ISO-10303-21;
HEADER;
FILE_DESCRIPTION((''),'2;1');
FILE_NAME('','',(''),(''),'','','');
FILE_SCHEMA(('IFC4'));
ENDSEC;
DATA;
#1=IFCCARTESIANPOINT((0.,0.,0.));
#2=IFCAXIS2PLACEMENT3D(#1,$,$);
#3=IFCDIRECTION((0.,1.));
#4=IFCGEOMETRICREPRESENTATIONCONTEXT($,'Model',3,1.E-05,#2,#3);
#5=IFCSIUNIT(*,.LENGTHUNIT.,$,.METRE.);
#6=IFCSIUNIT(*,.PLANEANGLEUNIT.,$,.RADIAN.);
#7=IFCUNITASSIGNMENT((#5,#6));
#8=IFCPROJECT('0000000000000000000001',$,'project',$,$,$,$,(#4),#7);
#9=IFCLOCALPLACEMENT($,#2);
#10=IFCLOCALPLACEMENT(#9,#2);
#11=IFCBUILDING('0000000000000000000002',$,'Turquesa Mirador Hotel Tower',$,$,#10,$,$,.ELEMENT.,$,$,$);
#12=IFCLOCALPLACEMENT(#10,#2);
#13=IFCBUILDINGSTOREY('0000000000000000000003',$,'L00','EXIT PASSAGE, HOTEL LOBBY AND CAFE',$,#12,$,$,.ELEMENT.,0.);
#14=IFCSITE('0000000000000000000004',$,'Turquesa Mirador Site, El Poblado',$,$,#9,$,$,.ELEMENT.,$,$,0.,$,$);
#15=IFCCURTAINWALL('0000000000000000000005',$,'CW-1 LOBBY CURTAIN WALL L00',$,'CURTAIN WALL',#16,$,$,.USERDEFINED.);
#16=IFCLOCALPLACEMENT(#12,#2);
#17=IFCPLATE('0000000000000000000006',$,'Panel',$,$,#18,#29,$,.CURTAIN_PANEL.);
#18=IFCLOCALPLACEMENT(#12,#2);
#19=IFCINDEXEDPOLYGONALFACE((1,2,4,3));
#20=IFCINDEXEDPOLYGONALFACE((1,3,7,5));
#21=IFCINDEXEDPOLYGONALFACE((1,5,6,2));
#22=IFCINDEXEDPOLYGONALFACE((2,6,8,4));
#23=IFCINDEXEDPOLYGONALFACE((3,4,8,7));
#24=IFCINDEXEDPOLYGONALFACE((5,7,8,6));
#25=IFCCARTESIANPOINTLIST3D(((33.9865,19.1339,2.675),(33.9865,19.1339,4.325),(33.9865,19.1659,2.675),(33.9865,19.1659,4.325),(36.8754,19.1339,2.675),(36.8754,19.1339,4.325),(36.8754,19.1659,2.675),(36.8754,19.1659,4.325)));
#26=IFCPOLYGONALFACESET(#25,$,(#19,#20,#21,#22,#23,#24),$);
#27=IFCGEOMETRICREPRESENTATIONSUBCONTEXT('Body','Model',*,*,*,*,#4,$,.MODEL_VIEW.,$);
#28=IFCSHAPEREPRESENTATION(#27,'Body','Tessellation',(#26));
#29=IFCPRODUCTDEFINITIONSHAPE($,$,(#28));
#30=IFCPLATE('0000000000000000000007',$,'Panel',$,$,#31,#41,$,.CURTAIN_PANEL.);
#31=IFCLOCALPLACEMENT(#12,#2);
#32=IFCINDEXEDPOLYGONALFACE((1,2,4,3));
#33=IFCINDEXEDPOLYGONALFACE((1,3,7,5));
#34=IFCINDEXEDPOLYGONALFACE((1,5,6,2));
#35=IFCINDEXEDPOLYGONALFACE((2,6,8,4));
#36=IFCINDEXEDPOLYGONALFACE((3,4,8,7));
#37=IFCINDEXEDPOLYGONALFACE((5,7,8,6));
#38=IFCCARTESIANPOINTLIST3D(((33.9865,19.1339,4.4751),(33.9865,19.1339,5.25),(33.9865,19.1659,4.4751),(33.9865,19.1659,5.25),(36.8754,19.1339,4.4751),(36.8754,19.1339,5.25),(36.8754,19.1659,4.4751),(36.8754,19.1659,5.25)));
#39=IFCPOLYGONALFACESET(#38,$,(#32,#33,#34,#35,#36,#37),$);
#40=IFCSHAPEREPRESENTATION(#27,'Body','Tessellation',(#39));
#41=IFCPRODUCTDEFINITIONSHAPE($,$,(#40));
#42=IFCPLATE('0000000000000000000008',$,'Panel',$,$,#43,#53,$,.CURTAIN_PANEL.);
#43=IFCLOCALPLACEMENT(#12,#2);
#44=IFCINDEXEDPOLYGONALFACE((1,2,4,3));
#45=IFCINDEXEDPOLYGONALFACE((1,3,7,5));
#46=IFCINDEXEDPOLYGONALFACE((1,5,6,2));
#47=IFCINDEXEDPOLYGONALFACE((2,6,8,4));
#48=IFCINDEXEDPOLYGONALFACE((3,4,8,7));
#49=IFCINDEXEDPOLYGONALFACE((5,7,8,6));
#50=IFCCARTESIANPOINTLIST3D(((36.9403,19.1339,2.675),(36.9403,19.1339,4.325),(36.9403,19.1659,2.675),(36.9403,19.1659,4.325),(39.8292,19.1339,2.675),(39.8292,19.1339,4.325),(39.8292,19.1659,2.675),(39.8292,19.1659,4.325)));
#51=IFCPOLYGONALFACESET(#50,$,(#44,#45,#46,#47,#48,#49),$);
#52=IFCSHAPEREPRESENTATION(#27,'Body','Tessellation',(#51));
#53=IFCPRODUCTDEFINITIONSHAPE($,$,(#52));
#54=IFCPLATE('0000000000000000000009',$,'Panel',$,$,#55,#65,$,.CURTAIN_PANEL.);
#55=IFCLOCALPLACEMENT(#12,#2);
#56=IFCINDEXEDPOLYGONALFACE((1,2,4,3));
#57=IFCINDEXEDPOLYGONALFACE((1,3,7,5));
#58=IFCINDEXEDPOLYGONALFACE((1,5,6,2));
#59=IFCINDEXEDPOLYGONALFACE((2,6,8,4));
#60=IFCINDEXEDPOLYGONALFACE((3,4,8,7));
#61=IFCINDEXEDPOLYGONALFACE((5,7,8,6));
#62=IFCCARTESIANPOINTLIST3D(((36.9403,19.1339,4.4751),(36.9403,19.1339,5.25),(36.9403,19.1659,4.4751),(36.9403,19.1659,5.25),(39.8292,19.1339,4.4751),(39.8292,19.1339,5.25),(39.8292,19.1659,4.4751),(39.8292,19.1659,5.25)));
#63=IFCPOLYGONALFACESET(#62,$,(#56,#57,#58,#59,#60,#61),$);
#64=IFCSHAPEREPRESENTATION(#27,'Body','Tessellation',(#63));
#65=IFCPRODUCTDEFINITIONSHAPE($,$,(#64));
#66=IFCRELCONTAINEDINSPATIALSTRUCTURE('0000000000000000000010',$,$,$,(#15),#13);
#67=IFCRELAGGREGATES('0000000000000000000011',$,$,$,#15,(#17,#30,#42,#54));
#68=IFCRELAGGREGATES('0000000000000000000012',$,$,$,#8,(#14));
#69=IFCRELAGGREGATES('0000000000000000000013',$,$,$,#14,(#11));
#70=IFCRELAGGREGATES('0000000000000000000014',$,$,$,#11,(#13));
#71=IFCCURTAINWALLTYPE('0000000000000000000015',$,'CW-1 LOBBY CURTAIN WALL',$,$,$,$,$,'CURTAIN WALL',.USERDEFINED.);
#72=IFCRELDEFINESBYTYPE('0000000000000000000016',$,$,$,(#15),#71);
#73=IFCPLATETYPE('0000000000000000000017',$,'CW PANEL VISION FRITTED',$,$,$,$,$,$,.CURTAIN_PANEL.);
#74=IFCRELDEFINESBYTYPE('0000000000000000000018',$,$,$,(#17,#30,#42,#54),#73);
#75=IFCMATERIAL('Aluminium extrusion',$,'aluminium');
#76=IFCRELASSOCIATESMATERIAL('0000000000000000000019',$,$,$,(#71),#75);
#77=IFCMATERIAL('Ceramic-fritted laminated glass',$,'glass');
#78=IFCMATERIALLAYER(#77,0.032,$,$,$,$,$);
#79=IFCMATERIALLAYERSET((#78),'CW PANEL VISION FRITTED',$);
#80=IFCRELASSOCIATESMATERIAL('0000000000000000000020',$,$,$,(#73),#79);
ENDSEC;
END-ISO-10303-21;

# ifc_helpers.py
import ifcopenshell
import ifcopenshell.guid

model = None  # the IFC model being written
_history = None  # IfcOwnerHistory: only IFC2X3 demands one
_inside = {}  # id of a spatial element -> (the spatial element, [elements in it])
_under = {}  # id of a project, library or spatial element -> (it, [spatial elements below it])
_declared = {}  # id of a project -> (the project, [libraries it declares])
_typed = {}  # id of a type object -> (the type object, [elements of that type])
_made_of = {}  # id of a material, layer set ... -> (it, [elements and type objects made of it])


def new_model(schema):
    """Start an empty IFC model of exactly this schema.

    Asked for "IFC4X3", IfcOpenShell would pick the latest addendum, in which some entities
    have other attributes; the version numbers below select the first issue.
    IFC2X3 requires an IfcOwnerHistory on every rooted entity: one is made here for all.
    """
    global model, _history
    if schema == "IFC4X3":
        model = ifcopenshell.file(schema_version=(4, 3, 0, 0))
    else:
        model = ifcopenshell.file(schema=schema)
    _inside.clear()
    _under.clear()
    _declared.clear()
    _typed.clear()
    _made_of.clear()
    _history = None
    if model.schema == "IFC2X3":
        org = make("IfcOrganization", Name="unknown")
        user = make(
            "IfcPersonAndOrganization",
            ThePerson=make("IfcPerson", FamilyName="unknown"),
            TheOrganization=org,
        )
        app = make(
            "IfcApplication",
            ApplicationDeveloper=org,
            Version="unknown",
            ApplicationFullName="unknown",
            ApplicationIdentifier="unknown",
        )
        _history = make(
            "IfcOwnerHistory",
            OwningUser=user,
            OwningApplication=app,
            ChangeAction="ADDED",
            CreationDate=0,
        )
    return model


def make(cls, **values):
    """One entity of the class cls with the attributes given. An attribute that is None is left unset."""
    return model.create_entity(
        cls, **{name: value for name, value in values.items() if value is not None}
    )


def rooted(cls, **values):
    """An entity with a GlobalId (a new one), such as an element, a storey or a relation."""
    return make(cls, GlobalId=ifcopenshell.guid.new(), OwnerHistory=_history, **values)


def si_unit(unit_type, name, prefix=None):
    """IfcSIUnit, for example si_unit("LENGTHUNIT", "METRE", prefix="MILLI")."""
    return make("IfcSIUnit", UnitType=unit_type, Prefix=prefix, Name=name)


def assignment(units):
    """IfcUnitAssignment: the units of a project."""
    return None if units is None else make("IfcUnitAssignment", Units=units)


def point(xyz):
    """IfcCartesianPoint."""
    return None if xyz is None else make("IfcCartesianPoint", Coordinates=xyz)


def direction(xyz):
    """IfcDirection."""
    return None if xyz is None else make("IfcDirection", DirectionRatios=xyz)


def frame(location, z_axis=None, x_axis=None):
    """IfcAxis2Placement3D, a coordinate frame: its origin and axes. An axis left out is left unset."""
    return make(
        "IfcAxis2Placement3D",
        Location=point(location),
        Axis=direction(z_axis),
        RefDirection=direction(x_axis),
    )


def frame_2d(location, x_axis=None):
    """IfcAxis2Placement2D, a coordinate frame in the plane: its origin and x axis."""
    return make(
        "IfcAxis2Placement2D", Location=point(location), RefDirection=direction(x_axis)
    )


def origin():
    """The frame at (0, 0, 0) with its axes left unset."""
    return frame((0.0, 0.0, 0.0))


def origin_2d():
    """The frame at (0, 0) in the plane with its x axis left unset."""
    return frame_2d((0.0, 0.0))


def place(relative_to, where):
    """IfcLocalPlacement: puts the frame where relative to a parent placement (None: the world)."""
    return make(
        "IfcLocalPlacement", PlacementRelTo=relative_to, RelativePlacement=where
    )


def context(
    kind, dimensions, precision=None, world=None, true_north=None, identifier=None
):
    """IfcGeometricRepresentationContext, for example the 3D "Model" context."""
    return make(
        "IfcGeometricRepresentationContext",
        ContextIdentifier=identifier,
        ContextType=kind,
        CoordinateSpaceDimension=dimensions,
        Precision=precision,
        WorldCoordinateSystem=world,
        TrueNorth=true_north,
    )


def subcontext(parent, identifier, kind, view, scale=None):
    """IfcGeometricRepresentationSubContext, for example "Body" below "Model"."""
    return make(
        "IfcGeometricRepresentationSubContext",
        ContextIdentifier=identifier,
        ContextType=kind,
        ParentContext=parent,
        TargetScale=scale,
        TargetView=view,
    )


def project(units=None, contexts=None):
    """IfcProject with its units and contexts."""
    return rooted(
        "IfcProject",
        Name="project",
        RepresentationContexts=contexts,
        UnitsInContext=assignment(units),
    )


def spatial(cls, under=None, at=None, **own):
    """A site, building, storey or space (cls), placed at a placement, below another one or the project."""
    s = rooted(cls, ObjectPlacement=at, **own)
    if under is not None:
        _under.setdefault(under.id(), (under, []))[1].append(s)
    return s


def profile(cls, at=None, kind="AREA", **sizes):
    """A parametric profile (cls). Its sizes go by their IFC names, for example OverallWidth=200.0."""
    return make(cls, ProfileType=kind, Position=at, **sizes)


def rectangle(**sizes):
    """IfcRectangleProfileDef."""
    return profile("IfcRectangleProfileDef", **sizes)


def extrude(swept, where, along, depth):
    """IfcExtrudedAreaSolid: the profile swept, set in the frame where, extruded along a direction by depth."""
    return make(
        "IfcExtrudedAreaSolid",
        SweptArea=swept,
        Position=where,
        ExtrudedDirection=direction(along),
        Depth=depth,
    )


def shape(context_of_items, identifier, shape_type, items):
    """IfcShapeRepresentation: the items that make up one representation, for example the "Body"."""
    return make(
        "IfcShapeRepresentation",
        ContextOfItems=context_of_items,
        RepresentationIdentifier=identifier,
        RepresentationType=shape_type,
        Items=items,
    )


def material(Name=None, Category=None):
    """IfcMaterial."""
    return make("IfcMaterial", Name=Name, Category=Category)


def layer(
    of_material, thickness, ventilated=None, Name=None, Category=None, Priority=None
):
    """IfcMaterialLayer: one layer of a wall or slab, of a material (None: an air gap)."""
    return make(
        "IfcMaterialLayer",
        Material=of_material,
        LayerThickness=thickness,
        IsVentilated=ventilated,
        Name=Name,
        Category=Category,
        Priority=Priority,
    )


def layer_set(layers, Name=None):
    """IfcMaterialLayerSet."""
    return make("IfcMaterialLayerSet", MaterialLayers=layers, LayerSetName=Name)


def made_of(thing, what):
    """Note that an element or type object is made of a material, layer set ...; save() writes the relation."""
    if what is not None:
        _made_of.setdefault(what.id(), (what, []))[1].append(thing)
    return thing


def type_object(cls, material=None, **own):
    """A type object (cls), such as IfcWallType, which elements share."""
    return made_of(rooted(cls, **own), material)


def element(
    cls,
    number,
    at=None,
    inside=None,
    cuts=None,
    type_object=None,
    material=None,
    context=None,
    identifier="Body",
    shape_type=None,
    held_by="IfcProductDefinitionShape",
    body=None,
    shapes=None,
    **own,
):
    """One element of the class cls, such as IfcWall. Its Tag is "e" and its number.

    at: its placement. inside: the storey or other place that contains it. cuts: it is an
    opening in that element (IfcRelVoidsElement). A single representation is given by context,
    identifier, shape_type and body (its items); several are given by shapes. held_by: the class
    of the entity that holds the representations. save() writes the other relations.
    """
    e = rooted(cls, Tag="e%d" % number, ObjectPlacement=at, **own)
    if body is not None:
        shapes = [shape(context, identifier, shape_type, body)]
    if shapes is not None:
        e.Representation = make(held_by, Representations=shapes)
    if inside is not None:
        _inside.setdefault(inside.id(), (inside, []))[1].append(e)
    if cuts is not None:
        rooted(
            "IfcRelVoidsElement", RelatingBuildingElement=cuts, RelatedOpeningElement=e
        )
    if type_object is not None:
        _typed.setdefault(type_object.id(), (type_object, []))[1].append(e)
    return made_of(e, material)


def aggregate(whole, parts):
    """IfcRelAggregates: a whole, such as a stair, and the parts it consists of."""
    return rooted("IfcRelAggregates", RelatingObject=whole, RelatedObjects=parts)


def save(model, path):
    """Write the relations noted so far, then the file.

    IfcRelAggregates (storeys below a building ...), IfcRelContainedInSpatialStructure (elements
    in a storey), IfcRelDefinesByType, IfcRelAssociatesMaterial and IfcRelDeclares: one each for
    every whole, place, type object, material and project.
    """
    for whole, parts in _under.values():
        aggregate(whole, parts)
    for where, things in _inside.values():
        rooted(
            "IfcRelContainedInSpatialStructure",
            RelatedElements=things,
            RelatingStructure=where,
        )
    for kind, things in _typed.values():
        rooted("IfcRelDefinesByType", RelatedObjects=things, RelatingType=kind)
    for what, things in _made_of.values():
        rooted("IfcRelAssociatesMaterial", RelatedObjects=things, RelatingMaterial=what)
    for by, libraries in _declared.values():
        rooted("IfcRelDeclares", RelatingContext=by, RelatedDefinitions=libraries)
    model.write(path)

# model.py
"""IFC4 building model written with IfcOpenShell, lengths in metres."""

from ifc_helpers import new_model, si_unit, direction, frame, origin, origin_2d, place, context, subcontext, project, spatial, rectangle, extrude, material, layer, layer_set, type_object, element, aggregate, save


model = new_model("IFC4")

# Units and contexts
model_context = context("Model", 3, precision=1e-05, world=origin(), true_north=direction((0.0, 1.0)))
body_context = subcontext(model_context, "Body", "Model", "MODEL_VIEW")
ifc_project = project(units=[si_unit("LENGTHUNIT", "METRE"), si_unit("PLANEANGLEUNIT", "RADIAN")], contexts=[model_context])

# Site, building, storey
site_placement = place(None, origin())
site = spatial("IfcSite", under=ifc_project, at=site_placement, Name="Turquesa Mirador Site, El Poblado", CompositionType="ELEMENT", RefElevation=0.0)
building_placement = place(site_placement, origin())
building = spatial("IfcBuilding", under=site, at=building_placement, Name="Turquesa Mirador Hotel Tower", CompositionType="ELEMENT")
storey_placement = place(building_placement, origin())
storey = spatial("IfcBuildingStorey", under=building, at=storey_placement, Name="L00", Description="EXIT PASSAGE, HOTEL LOBBY AND CAFE", CompositionType="ELEMENT", Elevation=0.0)

# Curtain wall, plates
ifc_material_1 = material(Name="Aluminium extrusion", Category="aluminium")
curtain_wall_type = type_object("IfcCurtainWallType", Name="CW-1 LOBBY CURTAIN WALL", ElementType="CURTAIN WALL", PredefinedType="USERDEFINED", material=ifc_material_1)
curtain_wall_placement = place(storey_placement, origin())
curtain_wall = element("IfcCurtainWall", 1, at=curtain_wall_placement, inside=storey, type_object=curtain_wall_type, Name="CW-1 LOBBY CURTAIN WALL L00", ObjectType="CURTAIN WALL", PredefinedType="USERDEFINED")
ifc_material_2 = material(Name="Ceramic-fritted laminated glass", Category="glass")
ifc_layer_1 = layer(ifc_material_2, 0.032)
ifc_layer_set_1 = layer_set([ifc_layer_1], Name="CW PANEL VISION FRITTED")
plate_type_1 = type_object("IfcPlateType", Name="CW PANEL VISION FRITTED", PredefinedType="CURTAIN_PANEL", material=ifc_layer_set_1)
plate_1_placement = place(storey_placement, frame((35.4309, 19.1499, 2.675), z_axis=(0.0, 0.0, 1.0), x_axis=(1.0, 0.0, 0.0)))
plate_1 = element("IfcPlate", 2, at=plate_1_placement, type_object=plate_type_1, Name="Panel", PredefinedType="CURTAIN_PANEL", context=body_context, shape_type="SweptSolid", body=[
    extrude(rectangle(XDim=2.8889, YDim=0.032, at=origin_2d()), origin(), (0.0, 0.0, 1.0), 1.6499),
])
plate_2_placement = place(storey_placement, frame((35.4309, 19.1499, 4.4751), z_axis=(0.0, 0.0, 1.0), x_axis=(1.0, 0.0, 0.0)))
plate_2 = element("IfcPlate", 3, at=plate_2_placement, type_object=plate_type_1, Name="Panel", PredefinedType="CURTAIN_PANEL", context=body_context, shape_type="SweptSolid", body=[
    extrude(rectangle(XDim=2.8889, YDim=0.032, at=origin_2d()), origin(), (0.0, 0.0, 1.0), 0.7749),
])
plate_3_placement = place(storey_placement, frame((38.3848, 19.1499, 2.675), z_axis=(0.0, 0.0, 1.0), x_axis=(1.0, 0.0, 0.0)))
plate_3 = element("IfcPlate", 4, at=plate_3_placement, type_object=plate_type_1, Name="Panel", PredefinedType="CURTAIN_PANEL", context=body_context, shape_type="SweptSolid", body=[
    extrude(rectangle(XDim=2.8889, YDim=0.032, at=origin_2d()), origin(), (0.0, 0.0, 1.0), 1.6499),
])
plate_4_placement = place(storey_placement, frame((38.3848, 19.1499, 4.4751), z_axis=(0.0, 0.0, 1.0), x_axis=(1.0, 0.0, 0.0)))
plate_4 = element("IfcPlate", 5, at=plate_4_placement, type_object=plate_type_1, Name="Panel", PredefinedType="CURTAIN_PANEL", context=body_context, shape_type="SweptSolid", body=[
    extrude(rectangle(XDim=2.8889, YDim=0.032, at=origin_2d()), origin(), (0.0, 0.0, 1.0), 0.7749),
])
aggregate(curtain_wall, [plate_1, plate_2, plate_3, plate_4])

save(model, "model.ifc")
